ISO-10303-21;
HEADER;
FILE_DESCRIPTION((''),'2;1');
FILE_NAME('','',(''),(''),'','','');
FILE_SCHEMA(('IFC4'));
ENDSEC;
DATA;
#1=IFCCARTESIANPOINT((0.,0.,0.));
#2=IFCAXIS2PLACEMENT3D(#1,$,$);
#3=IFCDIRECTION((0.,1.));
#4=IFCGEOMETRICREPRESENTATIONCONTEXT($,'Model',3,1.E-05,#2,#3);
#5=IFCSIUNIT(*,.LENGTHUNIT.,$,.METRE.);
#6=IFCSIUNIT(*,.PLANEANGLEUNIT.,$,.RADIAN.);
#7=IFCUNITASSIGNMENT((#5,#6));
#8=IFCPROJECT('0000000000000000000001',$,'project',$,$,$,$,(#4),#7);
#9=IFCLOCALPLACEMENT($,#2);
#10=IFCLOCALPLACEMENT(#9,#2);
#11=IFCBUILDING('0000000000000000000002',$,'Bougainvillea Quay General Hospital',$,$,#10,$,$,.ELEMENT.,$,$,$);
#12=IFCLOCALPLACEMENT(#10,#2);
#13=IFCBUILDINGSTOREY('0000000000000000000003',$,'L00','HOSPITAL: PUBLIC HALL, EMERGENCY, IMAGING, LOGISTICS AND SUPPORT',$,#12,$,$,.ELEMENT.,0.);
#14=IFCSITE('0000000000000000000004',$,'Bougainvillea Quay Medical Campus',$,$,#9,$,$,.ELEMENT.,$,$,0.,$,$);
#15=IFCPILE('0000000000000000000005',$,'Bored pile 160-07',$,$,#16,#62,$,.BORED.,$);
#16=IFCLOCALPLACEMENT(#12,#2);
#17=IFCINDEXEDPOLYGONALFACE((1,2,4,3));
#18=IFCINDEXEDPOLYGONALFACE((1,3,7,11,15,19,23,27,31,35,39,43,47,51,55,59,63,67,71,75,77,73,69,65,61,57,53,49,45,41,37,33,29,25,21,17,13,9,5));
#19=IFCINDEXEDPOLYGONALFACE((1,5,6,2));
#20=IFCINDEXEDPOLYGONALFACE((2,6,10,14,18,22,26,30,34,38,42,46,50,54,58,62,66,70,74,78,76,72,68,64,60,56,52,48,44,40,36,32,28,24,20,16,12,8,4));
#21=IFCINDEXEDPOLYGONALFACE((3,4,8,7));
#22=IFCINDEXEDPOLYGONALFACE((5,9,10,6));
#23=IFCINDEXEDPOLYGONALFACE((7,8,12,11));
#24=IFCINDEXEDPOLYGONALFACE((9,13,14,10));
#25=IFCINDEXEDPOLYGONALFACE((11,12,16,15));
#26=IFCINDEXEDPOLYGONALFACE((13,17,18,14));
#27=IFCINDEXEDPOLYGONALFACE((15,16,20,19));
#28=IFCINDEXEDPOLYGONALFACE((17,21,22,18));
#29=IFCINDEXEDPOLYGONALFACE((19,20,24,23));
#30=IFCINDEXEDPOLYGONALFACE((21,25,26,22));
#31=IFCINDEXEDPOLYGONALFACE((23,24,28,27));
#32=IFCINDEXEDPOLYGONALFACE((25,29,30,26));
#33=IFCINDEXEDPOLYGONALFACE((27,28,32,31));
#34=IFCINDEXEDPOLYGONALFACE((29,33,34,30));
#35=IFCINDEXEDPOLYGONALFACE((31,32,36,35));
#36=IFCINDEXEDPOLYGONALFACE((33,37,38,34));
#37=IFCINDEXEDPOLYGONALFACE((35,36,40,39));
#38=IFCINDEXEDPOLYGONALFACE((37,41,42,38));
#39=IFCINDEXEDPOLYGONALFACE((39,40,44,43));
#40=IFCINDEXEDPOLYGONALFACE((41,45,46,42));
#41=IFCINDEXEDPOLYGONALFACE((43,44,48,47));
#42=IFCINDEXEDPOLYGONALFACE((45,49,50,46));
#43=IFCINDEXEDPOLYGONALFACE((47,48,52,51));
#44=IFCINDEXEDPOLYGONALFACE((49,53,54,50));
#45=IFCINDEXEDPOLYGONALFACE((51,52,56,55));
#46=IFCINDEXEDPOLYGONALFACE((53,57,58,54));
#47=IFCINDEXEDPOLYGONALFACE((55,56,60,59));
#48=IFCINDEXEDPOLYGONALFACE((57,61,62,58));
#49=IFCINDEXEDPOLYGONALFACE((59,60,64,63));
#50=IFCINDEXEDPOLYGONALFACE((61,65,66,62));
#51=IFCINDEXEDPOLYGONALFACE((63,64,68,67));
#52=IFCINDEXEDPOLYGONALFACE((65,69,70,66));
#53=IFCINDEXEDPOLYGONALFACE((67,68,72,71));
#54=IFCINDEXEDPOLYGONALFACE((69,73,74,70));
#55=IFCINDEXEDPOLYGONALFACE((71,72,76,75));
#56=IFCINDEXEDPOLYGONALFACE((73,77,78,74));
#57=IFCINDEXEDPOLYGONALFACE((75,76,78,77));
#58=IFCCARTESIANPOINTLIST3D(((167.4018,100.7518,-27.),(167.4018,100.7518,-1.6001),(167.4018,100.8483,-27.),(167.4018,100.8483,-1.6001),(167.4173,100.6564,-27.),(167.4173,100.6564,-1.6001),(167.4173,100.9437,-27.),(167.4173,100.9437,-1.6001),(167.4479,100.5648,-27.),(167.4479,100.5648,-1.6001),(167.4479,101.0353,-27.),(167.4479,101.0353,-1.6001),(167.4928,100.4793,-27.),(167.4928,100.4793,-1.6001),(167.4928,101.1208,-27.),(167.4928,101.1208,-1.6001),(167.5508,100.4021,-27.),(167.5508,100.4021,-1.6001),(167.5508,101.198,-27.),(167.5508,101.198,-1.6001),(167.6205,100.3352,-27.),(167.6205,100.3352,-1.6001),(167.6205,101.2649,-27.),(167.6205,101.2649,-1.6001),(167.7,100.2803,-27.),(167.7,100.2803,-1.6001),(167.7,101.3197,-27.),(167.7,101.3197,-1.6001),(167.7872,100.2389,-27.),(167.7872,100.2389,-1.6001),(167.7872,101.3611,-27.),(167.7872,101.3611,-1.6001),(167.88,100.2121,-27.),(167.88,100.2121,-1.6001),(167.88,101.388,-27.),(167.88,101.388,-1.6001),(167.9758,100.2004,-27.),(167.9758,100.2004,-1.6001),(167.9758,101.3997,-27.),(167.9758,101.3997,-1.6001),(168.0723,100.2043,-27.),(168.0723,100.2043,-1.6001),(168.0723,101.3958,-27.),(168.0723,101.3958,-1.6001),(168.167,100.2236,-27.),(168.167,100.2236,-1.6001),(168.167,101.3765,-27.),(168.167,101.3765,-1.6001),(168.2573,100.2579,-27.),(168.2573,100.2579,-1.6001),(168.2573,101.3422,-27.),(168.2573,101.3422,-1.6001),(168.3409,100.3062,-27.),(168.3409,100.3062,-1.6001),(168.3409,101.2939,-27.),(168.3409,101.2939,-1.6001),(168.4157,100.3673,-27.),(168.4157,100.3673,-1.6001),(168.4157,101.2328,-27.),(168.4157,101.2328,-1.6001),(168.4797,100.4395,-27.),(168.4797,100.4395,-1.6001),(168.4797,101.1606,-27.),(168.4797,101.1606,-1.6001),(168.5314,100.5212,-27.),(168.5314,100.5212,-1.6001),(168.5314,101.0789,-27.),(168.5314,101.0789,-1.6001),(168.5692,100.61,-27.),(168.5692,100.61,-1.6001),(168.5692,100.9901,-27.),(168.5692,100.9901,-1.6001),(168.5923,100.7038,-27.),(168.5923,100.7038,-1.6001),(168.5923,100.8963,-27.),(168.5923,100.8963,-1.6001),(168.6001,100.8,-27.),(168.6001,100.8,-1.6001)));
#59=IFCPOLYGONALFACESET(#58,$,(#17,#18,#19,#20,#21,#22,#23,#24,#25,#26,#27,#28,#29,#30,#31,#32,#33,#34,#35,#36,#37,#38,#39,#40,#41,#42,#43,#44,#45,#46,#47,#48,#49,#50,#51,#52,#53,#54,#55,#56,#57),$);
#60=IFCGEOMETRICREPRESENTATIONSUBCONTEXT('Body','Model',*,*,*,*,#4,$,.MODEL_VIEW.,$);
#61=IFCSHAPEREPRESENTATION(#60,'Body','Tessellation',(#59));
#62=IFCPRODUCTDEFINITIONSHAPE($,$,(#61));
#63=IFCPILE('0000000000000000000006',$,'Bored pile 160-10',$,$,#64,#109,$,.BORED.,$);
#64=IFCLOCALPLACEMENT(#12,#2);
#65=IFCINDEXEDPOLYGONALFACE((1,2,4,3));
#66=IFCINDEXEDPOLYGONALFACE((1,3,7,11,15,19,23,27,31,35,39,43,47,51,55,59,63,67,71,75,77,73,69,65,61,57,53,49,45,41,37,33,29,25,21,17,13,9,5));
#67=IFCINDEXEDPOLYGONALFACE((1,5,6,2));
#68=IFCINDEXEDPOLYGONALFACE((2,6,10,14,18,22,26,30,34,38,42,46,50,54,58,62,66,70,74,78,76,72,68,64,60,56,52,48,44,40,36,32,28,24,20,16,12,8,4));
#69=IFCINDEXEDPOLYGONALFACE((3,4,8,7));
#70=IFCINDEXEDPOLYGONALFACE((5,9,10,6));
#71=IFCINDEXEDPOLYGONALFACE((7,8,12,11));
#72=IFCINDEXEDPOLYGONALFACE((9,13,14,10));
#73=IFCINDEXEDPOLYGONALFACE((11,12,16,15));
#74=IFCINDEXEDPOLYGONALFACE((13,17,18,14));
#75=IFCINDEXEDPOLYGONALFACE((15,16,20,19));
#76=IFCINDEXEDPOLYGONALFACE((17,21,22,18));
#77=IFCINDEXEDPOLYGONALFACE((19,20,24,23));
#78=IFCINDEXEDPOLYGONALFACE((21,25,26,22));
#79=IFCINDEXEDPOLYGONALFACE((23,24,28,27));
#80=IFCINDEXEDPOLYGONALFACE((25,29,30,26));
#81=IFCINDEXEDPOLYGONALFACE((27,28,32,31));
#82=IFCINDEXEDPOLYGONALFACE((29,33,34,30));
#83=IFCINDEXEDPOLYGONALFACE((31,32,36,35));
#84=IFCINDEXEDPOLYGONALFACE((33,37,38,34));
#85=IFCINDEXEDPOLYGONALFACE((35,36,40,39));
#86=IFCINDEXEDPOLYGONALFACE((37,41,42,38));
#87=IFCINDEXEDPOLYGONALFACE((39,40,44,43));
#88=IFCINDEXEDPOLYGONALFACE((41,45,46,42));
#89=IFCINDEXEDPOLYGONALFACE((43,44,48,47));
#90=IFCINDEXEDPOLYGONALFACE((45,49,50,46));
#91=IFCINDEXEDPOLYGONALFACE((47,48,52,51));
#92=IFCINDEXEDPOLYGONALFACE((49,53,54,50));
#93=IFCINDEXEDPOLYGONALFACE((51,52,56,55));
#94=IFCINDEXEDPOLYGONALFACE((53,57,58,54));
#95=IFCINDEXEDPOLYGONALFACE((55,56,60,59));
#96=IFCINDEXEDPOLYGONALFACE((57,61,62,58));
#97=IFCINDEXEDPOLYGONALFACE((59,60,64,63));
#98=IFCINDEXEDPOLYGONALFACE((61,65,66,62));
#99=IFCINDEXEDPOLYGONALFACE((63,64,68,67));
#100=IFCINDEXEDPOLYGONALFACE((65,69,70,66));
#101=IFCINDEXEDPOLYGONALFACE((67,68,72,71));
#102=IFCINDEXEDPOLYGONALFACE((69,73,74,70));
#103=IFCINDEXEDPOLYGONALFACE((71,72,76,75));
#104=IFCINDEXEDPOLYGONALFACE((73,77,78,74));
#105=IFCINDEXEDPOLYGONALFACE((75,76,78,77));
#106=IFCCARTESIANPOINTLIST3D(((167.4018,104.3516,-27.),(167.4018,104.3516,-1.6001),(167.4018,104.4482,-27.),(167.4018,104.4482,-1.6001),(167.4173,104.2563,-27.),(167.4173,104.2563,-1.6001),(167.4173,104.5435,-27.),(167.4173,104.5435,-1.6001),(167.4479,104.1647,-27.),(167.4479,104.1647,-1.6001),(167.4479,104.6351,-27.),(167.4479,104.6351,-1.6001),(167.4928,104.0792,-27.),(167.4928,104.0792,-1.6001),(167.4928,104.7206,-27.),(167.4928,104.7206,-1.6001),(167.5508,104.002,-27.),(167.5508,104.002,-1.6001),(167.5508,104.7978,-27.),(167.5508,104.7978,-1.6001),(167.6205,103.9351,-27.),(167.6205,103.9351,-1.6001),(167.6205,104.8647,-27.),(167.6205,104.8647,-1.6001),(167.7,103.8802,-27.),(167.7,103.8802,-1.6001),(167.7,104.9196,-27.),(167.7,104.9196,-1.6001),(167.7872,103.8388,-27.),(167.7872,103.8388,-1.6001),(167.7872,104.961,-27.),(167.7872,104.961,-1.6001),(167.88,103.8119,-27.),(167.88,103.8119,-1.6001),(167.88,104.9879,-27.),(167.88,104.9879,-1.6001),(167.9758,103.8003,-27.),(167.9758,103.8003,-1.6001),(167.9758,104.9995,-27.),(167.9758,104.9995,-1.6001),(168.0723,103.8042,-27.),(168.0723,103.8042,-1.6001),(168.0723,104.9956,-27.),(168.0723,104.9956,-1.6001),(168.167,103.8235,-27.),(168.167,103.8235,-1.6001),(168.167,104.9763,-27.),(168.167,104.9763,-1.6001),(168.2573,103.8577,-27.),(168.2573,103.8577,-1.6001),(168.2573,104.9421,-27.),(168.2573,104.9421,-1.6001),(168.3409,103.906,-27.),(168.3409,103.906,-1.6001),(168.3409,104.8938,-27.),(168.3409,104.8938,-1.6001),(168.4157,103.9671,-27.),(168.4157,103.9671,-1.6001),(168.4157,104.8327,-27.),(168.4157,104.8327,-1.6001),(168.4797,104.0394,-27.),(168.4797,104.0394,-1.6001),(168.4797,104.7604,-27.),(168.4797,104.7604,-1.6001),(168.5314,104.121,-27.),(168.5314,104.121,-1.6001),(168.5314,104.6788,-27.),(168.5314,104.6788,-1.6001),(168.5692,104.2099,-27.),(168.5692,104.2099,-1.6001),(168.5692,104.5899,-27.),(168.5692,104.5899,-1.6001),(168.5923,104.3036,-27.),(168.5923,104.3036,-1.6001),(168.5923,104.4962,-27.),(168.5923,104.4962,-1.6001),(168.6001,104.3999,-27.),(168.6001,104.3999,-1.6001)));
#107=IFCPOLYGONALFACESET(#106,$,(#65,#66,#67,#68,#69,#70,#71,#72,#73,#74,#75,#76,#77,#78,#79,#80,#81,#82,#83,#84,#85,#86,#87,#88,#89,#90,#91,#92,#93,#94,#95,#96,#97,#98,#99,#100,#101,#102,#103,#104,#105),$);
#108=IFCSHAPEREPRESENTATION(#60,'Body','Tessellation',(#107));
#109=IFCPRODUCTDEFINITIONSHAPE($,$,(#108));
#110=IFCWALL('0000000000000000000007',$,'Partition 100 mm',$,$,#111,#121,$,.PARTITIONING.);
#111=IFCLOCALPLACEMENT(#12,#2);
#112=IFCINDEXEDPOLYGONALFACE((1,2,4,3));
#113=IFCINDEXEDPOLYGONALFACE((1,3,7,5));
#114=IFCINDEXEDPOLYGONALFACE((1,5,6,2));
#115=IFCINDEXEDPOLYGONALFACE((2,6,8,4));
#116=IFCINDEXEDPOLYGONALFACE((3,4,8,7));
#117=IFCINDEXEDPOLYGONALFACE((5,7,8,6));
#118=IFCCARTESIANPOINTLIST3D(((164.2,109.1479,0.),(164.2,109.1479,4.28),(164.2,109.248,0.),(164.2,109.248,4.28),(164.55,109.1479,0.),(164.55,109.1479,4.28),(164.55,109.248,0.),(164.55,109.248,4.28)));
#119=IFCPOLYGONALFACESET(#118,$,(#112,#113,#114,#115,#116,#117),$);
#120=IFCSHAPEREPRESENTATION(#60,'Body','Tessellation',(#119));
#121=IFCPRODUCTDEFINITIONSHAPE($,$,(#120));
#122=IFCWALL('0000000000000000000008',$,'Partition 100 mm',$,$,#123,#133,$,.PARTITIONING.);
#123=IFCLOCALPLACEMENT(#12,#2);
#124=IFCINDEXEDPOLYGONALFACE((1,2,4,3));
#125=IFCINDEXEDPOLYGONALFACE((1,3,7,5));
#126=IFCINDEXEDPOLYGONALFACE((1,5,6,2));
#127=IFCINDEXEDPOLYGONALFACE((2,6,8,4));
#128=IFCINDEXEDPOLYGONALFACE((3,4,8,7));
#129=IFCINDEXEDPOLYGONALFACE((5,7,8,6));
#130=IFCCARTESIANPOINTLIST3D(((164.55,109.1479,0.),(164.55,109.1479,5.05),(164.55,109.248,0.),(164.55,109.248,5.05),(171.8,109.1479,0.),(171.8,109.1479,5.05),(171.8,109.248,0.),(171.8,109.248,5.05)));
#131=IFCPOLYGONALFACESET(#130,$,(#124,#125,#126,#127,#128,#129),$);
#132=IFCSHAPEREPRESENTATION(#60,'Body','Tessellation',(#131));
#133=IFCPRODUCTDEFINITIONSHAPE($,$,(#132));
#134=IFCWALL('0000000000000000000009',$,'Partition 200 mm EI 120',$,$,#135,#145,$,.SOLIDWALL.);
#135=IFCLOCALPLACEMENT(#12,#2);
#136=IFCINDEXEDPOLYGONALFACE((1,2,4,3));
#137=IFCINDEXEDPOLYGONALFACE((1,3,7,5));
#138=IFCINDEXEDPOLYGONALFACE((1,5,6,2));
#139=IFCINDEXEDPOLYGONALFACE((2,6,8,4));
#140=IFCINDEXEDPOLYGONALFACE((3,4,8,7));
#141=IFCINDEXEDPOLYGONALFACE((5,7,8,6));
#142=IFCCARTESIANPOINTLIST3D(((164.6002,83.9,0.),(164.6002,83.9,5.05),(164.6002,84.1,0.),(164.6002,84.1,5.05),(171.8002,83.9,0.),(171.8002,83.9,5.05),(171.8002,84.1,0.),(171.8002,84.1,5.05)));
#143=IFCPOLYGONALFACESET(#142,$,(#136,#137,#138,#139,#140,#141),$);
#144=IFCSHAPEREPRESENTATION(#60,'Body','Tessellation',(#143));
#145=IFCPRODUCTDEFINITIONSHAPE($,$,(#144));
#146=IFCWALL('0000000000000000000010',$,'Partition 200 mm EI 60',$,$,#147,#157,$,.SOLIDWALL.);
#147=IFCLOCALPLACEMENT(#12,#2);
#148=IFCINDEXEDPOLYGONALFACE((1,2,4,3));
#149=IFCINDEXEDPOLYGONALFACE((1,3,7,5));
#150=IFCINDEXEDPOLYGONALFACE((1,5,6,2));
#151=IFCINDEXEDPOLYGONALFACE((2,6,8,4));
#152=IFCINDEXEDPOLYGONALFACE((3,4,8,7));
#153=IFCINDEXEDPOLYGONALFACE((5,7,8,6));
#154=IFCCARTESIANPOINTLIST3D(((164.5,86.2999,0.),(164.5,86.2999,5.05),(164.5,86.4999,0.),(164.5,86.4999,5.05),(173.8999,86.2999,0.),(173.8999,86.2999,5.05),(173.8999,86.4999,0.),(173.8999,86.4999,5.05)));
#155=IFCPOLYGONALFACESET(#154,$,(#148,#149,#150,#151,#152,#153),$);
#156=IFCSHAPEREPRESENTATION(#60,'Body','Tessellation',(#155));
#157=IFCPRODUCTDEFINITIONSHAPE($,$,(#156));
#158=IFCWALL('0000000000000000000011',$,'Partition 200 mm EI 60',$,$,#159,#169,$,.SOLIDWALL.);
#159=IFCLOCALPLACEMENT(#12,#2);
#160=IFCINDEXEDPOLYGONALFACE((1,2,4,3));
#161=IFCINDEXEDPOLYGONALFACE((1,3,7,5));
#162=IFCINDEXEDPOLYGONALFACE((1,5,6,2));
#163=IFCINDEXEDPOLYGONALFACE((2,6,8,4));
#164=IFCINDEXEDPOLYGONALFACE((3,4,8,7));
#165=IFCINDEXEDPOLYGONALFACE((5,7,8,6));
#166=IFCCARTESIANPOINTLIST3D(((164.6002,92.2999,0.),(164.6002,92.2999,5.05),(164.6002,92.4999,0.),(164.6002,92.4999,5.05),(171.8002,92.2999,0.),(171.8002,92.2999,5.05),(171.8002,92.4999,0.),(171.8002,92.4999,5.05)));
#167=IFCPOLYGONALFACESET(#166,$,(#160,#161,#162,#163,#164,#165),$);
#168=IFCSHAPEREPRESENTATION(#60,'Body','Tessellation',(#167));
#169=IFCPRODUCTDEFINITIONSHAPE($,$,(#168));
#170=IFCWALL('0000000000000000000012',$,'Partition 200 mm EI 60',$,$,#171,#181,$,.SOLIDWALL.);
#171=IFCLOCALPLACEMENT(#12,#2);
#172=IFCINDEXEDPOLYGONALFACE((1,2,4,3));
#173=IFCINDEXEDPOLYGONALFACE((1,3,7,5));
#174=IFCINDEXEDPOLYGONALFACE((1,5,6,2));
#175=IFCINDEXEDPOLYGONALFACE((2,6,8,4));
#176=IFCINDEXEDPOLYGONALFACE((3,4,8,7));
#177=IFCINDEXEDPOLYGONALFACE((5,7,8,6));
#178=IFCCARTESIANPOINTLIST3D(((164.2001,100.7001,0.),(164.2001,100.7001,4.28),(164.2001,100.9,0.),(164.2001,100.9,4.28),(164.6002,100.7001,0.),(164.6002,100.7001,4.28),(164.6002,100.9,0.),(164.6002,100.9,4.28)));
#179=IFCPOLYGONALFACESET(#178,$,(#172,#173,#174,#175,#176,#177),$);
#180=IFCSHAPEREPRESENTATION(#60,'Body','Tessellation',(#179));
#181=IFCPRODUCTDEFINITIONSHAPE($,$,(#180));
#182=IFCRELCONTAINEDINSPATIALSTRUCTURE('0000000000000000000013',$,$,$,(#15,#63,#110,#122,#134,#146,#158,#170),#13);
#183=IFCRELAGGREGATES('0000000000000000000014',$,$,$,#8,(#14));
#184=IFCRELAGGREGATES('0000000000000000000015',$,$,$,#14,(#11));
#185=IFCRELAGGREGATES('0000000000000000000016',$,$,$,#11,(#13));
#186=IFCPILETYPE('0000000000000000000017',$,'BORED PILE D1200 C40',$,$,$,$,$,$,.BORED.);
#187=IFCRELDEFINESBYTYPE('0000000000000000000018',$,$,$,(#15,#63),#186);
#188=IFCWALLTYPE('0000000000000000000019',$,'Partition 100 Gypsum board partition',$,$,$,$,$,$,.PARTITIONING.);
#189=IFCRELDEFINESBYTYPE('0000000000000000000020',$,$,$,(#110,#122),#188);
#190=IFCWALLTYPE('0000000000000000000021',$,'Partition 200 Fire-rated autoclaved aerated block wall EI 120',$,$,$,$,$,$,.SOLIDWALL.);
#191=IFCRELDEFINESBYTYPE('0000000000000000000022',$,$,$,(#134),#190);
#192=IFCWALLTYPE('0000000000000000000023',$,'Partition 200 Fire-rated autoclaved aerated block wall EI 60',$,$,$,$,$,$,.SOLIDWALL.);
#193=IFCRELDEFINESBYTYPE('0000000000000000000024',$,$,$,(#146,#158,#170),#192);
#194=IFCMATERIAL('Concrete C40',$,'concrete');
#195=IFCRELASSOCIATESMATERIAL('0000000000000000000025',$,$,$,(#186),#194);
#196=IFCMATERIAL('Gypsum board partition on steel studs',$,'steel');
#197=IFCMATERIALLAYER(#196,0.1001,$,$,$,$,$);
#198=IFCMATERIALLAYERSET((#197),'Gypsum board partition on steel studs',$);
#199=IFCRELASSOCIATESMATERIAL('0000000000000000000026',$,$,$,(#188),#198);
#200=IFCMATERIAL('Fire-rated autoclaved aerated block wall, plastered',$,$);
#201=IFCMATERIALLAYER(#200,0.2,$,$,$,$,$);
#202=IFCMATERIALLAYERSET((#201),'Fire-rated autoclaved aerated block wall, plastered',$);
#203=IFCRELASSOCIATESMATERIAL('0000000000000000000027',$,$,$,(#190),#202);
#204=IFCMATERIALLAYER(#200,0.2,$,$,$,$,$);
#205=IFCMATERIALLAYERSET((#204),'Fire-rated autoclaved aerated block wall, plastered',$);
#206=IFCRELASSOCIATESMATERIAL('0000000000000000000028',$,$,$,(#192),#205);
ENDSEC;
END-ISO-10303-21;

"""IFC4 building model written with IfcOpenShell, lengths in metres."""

from ifc_helpers import new_model, si_unit, direction, frame, frame_2d, origin, origin_2d, place, context, subcontext, project, spatial, rectangle, circle, extrude, material, layer, layer_set, material_profile, profile_set, type_object, element, save


model = new_model("IFC4")

# Units and contexts
model_context = context("Model", 3, precision=1e-05, world=origin(), true_north=direction((0.0, 1.0)))
body_context = subcontext(model_context, "Body", "Model", "MODEL_VIEW")
ifc_project = project(units=[si_unit("LENGTHUNIT", "METRE"), si_unit("PLANEANGLEUNIT", "RADIAN")], contexts=[model_context])

# Site, building, storey
site_placement = place(None, origin())
site = spatial("IfcSite", under=ifc_project, at=site_placement, Name="Bougainvillea Quay Medical Campus", CompositionType="ELEMENT", RefElevation=0.0)
building_placement = place(site_placement, origin())
building = spatial("IfcBuilding", under=site, at=building_placement, Name="Bougainvillea Quay General Hospital", CompositionType="ELEMENT")
storey_placement = place(building_placement, origin())
storey = spatial("IfcBuildingStorey", under=building, at=storey_placement, Name="L00", Description="HOSPITAL: PUBLIC HALL, EMERGENCY, IMAGING, LOGISTICS AND SUPPORT", CompositionType="ELEMENT", Elevation=0.0)

# Piles
ifc_material_1 = material(Name="Concrete C40", Category="concrete")
ifc_material_profile = material_profile(ifc_material_1, circle(Radius=0.6001, at=origin_2d()))
ifc_profile_set = profile_set([ifc_material_profile], Name="Concrete C40")
pile_type = type_object("IfcPileType", Name="BORED PILE D1200 C40", PredefinedType="BORED", material=ifc_profile_set)
for number, where, z_axis, x_axis, name in (
    (1, (168.0, 100.8, -1.6001), (0.0, 0.0, -1.0), (1.0, 0.0, 0.0), "Bored pile 160-07"),
    (2, (168.0, 104.3999, -1.6001), (0.0, 0.0, -1.0), (1.0, 0.0, 0.0), "Bored pile 160-10"),
):
    element("IfcPile", number, at=place(storey_placement, frame(where, z_axis=z_axis, x_axis=x_axis)), inside=storey, type_object=pile_type, Name=name, PredefinedType="BORED", context=body_context, shape_type="SweptSolid", body=[
        extrude(circle(Radius=0.6001, at=origin_2d()), origin(), (0.0, 0.0, 1.0), 25.3999),
    ])

# Walls
ifc_material_2 = material(Name="Gypsum board partition on steel studs", Category="steel")
ifc_layer_1 = layer(ifc_material_2, 0.1001)
ifc_layer_set_1 = layer_set([ifc_layer_1], Name="Gypsum board partition on steel studs")
wall_type_1 = type_object("IfcWallType", Name="Partition 100 Gypsum board partition", PredefinedType="PARTITIONING", material=ifc_layer_set_1)
wall_1_placement = place(storey_placement, frame((164.2, 109.198, 0.0), z_axis=(0.0, 0.0, 1.0), x_axis=(1.0, 0.0, 0.0)))
element("IfcWall", 3, at=wall_1_placement, inside=storey, type_object=wall_type_1, Name="Partition 100 mm", PredefinedType="PARTITIONING", context=body_context, shape_type="SweptSolid", body=[
    extrude(rectangle(XDim=0.3501, YDim=0.1001, at=frame_2d((0.175, 0.0))), origin(), (0.0, 0.0, 1.0), 4.28),
])
wall_2_placement = place(storey_placement, frame((164.55, 109.198, 0.0), z_axis=(0.0, 0.0, 1.0), x_axis=(1.0, 0.0, 0.0)))
element("IfcWall", 4, at=wall_2_placement, inside=storey, type_object=wall_type_1, Name="Partition 100 mm", PredefinedType="PARTITIONING", context=body_context, shape_type="SweptSolid", body=[
    extrude(rectangle(XDim=7.25, YDim=0.1001, at=frame_2d((3.625, 0.0))), origin(), (0.0, 0.0, 1.0), 5.05),
])
ifc_material_3 = material(Name="Fire-rated autoclaved aerated block wall, plastered")
ifc_layer_2 = layer(ifc_material_3, 0.2)
ifc_layer_set_2 = layer_set([ifc_layer_2], Name="Fire-rated autoclaved aerated block wall, plastered")
wall_type_2 = type_object("IfcWallType", Name="Partition 200 Fire-rated autoclaved aerated block wall EI 120", PredefinedType="SOLIDWALL", material=ifc_layer_set_2)
wall_3_placement = place(storey_placement, frame((164.6001, 84.0, 0.0), z_axis=(0.0, 0.0, 1.0), x_axis=(1.0, 0.0, 0.0)))
element("IfcWall", 5, at=wall_3_placement, inside=storey, type_object=wall_type_2, Name="Partition 200 mm EI 120", PredefinedType="SOLIDWALL", context=body_context, shape_type="SweptSolid", body=[
    extrude(rectangle(XDim=7.2, YDim=0.2, at=frame_2d((3.6001, 0.0))), origin(), (0.0, 0.0, 1.0), 5.05),
])
ifc_layer_3 = layer(ifc_material_3, 0.2)
ifc_layer_set_3 = layer_set([ifc_layer_3], Name="Fire-rated autoclaved aerated block wall, plastered")
wall_type_3 = type_object("IfcWallType", Name="Partition 200 Fire-rated autoclaved aerated block wall EI 60", PredefinedType="SOLIDWALL", material=ifc_layer_set_3)
wall_4_placement = place(storey_placement, frame((164.5, 86.3999, 0.0), z_axis=(0.0, 0.0, 1.0), x_axis=(1.0, 0.0, 0.0)))
element("IfcWall", 6, at=wall_4_placement, inside=storey, type_object=wall_type_3, Name="Partition 200 mm EI 60", PredefinedType="SOLIDWALL", context=body_context, shape_type="SweptSolid", body=[
    extrude(rectangle(XDim=9.3999, YDim=0.2, at=frame_2d((4.7, 0.0))), origin(), (0.0, 0.0, 1.0), 5.05),
])
wall_5_placement = place(storey_placement, frame((164.6001, 92.3999, 0.0), z_axis=(0.0, 0.0, 1.0), x_axis=(1.0, 0.0, 0.0)))
element("IfcWall", 7, at=wall_5_placement, inside=storey, type_object=wall_type_3, Name="Partition 200 mm EI 60", PredefinedType="SOLIDWALL", context=body_context, shape_type="SweptSolid", body=[
    extrude(rectangle(XDim=7.2, YDim=0.2, at=frame_2d((3.6001, 0.0))), origin(), (0.0, 0.0, 1.0), 5.05),
])
wall_6_placement = place(storey_placement, frame((164.2, 100.8, 0.0), z_axis=(0.0, 0.0, 1.0), x_axis=(1.0, 0.0, 0.0)))
element("IfcWall", 8, at=wall_6_placement, inside=storey, type_object=wall_type_3, Name="Partition 200 mm EI 60", PredefinedType="SOLIDWALL", context=body_context, shape_type="SweptSolid", body=[
    extrude(rectangle(XDim=0.4001, YDim=0.2, at=frame_2d((0.2002, 0.0))), origin(), (0.0, 0.0, 1.0), 4.28),
])

save(model, "model.ifc")
